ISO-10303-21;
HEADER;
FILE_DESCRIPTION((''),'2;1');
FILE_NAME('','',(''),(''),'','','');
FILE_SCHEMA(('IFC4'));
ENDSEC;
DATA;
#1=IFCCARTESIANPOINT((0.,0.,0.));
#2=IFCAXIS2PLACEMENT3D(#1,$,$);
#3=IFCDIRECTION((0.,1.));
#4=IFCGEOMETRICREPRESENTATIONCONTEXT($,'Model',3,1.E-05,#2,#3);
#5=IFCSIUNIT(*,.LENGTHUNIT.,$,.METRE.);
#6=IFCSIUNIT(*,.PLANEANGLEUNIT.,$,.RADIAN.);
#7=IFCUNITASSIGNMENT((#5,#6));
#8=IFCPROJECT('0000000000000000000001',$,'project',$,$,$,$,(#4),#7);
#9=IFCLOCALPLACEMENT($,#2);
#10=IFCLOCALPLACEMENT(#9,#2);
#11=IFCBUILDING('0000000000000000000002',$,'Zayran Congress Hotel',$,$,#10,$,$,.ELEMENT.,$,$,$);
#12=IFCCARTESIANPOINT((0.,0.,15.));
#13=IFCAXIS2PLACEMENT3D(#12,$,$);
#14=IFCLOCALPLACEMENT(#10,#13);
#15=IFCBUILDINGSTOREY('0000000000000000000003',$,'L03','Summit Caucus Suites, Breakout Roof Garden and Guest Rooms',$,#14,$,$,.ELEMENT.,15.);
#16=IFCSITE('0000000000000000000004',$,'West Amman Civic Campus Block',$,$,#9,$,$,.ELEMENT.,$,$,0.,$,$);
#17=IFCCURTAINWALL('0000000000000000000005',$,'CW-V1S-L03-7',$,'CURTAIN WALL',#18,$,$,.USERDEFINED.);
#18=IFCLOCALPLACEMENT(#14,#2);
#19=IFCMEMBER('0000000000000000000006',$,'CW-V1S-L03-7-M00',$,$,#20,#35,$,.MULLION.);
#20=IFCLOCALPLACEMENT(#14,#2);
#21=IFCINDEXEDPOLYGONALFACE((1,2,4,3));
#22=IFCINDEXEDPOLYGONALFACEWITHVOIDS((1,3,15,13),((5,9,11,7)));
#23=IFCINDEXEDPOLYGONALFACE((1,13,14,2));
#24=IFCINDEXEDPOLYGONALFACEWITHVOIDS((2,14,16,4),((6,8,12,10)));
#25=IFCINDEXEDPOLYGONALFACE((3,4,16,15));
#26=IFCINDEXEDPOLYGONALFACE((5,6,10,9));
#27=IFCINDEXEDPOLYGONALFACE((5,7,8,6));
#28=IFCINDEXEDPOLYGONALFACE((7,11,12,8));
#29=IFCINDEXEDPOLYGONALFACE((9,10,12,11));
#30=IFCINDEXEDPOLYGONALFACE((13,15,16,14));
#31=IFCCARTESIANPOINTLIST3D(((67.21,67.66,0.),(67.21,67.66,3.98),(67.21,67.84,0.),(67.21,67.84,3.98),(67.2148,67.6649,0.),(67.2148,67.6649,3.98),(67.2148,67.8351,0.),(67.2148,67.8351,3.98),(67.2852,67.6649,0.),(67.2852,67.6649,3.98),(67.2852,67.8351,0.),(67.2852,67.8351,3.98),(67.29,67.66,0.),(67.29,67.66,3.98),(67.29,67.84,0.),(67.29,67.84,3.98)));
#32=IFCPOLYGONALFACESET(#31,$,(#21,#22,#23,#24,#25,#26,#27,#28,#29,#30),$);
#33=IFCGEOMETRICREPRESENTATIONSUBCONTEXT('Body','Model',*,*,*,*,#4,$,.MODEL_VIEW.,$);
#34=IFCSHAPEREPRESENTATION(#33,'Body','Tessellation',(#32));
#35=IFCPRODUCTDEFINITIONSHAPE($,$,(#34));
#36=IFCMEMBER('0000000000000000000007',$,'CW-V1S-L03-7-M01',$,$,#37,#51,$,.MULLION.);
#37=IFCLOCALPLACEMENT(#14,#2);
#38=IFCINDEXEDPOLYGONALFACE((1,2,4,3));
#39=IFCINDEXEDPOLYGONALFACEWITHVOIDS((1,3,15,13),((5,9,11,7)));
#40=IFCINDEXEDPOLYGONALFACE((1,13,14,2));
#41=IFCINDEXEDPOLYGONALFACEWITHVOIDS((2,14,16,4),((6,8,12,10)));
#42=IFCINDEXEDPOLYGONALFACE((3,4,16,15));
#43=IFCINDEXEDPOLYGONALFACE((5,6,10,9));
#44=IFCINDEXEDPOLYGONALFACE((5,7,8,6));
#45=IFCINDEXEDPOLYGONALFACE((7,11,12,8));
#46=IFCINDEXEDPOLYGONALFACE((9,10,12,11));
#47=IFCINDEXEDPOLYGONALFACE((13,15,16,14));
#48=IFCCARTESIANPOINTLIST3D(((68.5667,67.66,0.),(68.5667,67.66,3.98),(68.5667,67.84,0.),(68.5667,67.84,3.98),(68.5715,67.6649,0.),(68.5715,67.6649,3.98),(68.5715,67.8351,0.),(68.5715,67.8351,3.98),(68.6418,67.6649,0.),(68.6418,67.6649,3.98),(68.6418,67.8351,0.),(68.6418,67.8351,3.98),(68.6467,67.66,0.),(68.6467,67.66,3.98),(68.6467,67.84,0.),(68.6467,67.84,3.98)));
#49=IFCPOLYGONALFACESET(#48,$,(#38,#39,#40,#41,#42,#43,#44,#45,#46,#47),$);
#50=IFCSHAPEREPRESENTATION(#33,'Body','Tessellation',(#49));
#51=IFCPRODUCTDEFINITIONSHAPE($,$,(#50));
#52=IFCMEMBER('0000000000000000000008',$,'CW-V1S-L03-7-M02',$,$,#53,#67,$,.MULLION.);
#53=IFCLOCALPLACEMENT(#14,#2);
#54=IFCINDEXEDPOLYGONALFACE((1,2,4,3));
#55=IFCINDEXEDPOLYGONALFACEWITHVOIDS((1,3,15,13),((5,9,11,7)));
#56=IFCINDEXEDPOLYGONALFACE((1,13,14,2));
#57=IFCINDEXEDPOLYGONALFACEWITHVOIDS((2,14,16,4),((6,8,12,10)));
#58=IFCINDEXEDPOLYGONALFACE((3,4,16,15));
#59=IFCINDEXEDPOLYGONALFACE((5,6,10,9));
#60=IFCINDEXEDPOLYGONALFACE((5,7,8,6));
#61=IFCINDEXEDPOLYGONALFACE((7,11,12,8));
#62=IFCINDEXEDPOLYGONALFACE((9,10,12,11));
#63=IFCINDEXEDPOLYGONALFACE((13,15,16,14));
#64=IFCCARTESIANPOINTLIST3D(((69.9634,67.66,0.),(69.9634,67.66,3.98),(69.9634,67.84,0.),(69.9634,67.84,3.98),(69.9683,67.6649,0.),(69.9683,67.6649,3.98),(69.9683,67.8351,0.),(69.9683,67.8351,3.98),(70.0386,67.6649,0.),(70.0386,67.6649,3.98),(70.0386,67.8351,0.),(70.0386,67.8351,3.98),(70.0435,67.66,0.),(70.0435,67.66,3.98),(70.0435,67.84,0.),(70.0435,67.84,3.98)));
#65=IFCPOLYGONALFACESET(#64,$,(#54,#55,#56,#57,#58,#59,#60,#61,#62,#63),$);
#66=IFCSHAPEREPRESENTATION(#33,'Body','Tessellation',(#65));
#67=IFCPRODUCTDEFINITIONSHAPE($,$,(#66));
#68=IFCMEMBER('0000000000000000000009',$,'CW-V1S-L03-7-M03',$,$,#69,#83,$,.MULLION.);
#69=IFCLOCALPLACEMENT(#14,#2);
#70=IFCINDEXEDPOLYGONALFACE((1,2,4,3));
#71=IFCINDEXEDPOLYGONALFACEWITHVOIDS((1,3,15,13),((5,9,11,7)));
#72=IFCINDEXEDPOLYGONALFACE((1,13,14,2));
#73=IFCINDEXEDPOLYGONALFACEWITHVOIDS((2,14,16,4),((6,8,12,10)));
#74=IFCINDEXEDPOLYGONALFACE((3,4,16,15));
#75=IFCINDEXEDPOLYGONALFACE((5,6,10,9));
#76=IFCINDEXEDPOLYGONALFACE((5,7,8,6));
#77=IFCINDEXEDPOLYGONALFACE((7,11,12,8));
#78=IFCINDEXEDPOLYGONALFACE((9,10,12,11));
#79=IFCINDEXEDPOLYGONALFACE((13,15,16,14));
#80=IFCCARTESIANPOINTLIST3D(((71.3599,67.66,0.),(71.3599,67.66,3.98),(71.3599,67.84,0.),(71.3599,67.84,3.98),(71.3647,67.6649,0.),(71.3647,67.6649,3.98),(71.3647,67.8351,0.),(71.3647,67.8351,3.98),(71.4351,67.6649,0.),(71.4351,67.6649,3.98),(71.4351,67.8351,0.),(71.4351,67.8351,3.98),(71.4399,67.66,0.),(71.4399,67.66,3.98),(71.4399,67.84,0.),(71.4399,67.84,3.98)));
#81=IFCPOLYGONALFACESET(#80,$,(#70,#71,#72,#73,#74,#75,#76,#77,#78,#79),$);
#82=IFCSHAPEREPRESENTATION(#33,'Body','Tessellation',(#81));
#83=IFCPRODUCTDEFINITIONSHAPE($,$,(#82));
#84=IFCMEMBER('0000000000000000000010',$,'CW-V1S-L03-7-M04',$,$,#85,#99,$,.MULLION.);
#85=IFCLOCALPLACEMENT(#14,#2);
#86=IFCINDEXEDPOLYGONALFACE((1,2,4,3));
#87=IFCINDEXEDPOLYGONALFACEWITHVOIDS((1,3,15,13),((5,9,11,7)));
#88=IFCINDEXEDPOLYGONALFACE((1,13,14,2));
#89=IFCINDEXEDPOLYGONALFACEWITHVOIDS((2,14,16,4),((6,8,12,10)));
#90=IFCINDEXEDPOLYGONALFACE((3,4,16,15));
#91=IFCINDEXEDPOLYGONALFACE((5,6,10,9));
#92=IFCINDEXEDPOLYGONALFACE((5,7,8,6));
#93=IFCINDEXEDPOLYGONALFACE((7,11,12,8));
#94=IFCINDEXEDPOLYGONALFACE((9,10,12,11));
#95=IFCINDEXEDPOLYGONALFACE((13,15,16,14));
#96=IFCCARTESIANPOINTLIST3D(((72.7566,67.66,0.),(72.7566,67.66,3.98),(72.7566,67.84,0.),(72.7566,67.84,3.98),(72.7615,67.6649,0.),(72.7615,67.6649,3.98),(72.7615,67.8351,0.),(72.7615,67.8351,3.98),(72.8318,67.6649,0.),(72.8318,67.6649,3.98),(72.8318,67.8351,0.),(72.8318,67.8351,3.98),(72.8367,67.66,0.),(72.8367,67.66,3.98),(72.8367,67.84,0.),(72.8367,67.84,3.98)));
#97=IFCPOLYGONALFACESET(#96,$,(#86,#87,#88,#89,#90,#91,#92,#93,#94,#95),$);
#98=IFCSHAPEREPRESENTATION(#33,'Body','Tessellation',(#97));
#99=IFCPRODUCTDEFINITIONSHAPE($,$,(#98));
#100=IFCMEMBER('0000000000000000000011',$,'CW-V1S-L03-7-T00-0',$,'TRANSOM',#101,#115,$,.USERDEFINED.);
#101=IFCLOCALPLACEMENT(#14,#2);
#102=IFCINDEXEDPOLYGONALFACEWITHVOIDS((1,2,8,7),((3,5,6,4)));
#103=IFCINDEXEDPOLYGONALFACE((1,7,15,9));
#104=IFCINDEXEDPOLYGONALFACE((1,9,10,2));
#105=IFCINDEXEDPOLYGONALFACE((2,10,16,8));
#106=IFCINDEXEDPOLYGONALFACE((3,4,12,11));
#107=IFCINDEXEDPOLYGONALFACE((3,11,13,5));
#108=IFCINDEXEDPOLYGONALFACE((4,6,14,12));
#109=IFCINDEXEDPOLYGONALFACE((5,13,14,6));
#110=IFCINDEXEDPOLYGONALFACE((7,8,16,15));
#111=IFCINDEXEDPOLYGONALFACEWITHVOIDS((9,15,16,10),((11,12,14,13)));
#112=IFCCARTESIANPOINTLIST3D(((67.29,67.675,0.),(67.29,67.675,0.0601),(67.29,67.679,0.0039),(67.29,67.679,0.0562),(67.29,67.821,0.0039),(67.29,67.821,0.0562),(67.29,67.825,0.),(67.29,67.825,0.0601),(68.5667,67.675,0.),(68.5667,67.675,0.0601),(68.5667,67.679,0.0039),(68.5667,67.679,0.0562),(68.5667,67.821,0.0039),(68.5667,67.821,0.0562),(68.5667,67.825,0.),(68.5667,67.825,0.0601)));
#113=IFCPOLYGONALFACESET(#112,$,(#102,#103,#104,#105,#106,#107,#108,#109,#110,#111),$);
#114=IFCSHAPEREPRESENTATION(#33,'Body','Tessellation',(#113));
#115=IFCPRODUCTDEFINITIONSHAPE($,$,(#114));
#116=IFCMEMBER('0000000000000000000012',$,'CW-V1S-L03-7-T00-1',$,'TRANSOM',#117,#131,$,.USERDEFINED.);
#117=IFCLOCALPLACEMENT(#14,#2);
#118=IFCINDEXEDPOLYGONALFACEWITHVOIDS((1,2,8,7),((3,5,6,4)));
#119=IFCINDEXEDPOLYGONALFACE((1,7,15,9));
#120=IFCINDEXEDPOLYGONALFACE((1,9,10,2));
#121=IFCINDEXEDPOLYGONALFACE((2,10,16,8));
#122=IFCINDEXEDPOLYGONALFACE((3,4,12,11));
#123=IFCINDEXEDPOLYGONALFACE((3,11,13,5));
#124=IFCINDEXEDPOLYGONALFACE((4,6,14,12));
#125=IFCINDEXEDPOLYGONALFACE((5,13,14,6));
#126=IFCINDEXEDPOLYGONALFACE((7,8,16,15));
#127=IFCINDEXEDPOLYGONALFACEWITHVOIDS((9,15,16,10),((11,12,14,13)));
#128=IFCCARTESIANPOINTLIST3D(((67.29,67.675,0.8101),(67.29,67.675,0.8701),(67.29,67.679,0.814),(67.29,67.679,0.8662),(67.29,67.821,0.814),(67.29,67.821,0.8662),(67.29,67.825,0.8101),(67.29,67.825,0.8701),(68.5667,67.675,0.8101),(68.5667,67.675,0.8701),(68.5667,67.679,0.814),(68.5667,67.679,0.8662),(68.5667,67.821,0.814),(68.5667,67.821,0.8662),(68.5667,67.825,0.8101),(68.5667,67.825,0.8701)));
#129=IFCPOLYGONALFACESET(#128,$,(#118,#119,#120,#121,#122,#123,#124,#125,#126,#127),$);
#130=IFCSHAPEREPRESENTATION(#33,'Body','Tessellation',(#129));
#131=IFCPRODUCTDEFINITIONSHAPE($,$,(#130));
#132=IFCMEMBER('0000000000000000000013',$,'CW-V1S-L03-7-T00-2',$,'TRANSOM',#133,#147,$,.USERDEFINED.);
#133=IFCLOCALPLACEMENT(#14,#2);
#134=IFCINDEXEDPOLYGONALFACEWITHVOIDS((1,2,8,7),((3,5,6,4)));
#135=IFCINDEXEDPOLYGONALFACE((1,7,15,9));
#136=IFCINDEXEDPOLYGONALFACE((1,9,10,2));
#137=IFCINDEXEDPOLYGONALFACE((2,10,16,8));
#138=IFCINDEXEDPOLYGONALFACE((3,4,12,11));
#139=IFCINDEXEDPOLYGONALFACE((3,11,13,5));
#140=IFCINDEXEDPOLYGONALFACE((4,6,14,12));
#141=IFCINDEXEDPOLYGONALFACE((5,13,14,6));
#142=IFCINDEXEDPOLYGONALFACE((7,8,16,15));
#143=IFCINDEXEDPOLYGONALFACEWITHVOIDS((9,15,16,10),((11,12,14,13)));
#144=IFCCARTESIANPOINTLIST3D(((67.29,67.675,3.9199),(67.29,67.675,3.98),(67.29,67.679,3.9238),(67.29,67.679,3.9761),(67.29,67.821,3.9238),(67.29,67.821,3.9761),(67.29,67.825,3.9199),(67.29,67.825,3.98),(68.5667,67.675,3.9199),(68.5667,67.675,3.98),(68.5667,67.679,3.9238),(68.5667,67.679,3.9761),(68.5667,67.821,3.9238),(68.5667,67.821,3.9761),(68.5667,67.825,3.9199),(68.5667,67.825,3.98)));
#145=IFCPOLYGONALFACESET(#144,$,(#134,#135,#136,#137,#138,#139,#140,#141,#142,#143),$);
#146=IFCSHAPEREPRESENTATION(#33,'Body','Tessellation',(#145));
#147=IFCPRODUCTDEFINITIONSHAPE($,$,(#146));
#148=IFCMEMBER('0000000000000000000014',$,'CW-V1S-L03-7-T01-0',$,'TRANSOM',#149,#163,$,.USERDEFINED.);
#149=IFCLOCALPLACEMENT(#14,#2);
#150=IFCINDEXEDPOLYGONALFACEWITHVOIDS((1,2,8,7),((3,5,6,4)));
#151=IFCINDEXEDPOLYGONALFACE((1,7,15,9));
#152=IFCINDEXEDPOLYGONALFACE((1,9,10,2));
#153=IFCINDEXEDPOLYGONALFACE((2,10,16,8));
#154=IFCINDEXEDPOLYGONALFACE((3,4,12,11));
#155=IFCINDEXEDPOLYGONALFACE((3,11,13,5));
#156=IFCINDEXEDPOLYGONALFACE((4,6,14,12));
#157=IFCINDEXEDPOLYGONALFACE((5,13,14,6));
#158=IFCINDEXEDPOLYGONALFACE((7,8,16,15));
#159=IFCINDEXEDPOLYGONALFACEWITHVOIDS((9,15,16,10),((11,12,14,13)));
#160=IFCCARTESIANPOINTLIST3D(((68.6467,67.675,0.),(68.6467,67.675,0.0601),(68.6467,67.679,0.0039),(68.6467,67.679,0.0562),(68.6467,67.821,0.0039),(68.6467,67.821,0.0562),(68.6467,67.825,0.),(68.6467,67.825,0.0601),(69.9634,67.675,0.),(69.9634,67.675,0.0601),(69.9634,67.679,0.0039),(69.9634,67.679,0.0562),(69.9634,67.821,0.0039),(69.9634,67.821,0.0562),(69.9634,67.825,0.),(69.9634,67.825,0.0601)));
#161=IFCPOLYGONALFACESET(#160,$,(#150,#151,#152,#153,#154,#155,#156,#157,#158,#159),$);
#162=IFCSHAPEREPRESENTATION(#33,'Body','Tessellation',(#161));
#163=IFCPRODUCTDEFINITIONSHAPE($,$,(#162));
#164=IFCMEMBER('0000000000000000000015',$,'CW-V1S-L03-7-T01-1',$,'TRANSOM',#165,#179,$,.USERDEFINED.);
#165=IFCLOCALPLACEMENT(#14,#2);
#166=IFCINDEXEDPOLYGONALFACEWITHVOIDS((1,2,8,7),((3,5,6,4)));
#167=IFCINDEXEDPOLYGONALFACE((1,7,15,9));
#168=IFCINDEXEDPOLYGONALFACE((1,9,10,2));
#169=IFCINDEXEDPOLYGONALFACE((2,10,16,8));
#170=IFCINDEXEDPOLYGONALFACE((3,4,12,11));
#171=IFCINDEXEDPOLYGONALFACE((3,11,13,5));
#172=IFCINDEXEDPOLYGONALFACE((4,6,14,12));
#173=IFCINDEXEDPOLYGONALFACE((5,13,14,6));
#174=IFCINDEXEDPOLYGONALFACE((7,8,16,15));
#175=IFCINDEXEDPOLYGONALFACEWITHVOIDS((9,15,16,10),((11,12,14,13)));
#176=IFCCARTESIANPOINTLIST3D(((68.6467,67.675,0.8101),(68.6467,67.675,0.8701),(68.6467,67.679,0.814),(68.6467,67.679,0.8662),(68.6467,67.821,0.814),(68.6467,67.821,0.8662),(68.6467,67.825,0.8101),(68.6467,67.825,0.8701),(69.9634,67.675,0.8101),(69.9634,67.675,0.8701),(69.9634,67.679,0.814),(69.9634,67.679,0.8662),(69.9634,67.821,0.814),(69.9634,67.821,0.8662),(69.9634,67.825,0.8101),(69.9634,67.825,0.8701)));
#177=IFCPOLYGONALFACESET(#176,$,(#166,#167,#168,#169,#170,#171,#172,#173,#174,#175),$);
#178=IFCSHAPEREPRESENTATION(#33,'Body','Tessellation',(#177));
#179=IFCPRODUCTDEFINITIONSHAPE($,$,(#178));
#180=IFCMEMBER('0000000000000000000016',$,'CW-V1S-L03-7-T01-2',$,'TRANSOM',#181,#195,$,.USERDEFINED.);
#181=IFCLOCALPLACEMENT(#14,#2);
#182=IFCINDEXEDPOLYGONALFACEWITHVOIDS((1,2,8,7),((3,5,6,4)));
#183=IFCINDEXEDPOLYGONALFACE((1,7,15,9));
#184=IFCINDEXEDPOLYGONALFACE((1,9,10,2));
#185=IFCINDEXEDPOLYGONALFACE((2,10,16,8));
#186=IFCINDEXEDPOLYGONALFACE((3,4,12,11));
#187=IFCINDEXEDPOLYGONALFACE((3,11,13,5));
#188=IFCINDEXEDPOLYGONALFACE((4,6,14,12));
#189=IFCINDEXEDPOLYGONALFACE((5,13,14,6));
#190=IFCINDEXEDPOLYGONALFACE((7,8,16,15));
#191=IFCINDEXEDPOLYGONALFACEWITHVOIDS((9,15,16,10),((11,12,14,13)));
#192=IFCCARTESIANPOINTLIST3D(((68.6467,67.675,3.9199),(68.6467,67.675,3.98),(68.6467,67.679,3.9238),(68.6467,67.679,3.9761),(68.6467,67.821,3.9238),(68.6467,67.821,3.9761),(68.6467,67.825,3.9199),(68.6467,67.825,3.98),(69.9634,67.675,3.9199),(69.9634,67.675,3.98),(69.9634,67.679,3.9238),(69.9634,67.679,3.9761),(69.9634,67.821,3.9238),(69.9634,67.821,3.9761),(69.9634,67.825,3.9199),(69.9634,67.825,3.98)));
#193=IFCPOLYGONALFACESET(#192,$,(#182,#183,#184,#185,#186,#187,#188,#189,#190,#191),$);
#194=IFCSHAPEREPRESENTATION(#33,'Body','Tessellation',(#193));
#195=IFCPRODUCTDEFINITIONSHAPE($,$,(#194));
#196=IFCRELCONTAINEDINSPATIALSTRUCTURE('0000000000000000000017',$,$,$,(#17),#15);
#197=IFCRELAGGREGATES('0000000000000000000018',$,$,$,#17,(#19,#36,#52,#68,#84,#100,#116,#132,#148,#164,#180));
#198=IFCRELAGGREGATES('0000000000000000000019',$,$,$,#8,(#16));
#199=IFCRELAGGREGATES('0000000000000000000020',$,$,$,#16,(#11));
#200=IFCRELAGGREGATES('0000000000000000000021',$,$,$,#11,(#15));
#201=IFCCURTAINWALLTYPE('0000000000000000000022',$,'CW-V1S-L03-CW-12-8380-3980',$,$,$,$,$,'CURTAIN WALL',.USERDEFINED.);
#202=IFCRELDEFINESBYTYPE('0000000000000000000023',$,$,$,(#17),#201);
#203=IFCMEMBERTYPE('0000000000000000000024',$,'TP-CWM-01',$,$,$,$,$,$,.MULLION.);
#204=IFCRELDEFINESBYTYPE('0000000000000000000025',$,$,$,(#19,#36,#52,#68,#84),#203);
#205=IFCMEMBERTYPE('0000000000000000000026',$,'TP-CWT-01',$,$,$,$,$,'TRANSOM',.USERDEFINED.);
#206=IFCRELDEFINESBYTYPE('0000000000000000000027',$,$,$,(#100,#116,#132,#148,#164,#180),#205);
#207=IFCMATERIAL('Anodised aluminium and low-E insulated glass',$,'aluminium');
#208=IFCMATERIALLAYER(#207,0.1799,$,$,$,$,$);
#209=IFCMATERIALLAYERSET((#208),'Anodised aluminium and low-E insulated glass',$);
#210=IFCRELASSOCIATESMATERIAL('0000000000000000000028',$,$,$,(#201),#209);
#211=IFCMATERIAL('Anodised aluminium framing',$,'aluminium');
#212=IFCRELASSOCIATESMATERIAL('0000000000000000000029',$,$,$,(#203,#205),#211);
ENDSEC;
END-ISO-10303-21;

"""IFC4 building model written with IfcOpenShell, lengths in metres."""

from ifc_helpers import new_model, si_unit, direction, frame, origin, origin_2d, place, context, subcontext, project, spatial, hollow_rectangle, extrude, material, layer, layer_set, material_profile, profile_set, type_object, element, aggregate, save


model = new_model("IFC4")

# Units and contexts
model_context = context("Model", 3, precision=1e-05, world=origin(), true_north=direction((0.0, 1.0)))
body_context = subcontext(model_context, "Body", "Model", "MODEL_VIEW")
ifc_project = project(units=[si_unit("LENGTHUNIT", "METRE"), si_unit("PLANEANGLEUNIT", "RADIAN")], contexts=[model_context])

# Site, building, storey
site_placement = place(None, origin())
site = spatial("IfcSite", under=ifc_project, at=site_placement, Name="West Amman Civic Campus Block", CompositionType="ELEMENT", RefElevation=0.0)
building_placement = place(site_placement, origin())
building = spatial("IfcBuilding", under=site, at=building_placement, Name="Zayran Congress Hotel", CompositionType="ELEMENT")
storey_placement = place(building_placement, frame((0.0, 0.0, 15.0)))
storey = spatial("IfcBuildingStorey", under=building, at=storey_placement, Name="L03", Description="Summit Caucus Suites, Breakout Roof Garden and Guest Rooms", CompositionType="ELEMENT", Elevation=15.0)

# Curtain wall, members
ifc_material_1 = material(Name="Anodised aluminium and low-E insulated glass", Category="aluminium")
ifc_layer_1 = layer(ifc_material_1, 0.1799)
ifc_layer_set_1 = layer_set([ifc_layer_1], Name="Anodised aluminium and low-E insulated glass")
curtain_wall_type = type_object("IfcCurtainWallType", Name="CW-V1S-L03-CW-12-8380-3980", ElementType="CURTAIN WALL", PredefinedType="USERDEFINED", material=ifc_layer_set_1)
curtain_wall_placement = place(storey_placement, origin())
curtain_wall = element("IfcCurtainWall", 1, at=curtain_wall_placement, inside=storey, type_object=curtain_wall_type, Name="CW-V1S-L03-7", ObjectType="CURTAIN WALL", PredefinedType="USERDEFINED")
ifc_material_2 = material(Name="Anodised aluminium framing", Category="aluminium")
ifc_material_profile_1 = material_profile(ifc_material_2, hollow_rectangle(XDim=0.0801, YDim=0.1799, WallThickness=0.0049, at=origin_2d()), Name="RHS 180x80x5")
ifc_profile_set_1 = profile_set([ifc_material_profile_1], Name="Anodised aluminium framing")
member_type_1 = type_object("IfcMemberType", Name="TP-CWM-01", PredefinedType="MULLION", material=ifc_profile_set_1)
member_1_placement = place(storey_placement, frame((67.25, 67.75, 0.0), z_axis=(0.0, 0.0, 1.0), x_axis=(1.0, 0.0, 0.0)))
member_1 = element("IfcMember", 2, at=member_1_placement, type_object=member_type_1, Name="CW-V1S-L03-7-M00", PredefinedType="MULLION", context=body_context, shape_type="SweptSolid", body=[
    extrude(hollow_rectangle(XDim=0.0801, YDim=0.1799, WallThickness=0.0049, at=origin_2d()), origin(), (0.0, 0.0, 1.0), 3.98),
])
member_2_placement = place(storey_placement, frame((68.6067, 67.75, 0.0), z_axis=(0.0, 0.0, 1.0), x_axis=(1.0, 0.0, 0.0)))
member_2 = element("IfcMember", 3, at=member_2_placement, type_object=member_type_1, Name="CW-V1S-L03-7-M01", PredefinedType="MULLION", context=body_context, shape_type="SweptSolid", body=[
    extrude(hollow_rectangle(XDim=0.0801, YDim=0.1799, WallThickness=0.0049, at=origin_2d()), origin(), (0.0, 0.0, 1.0), 3.98),
])
member_3_placement = place(storey_placement, frame((70.0034, 67.75, 0.0), z_axis=(0.0, 0.0, 1.0), x_axis=(1.0, 0.0, 0.0)))
member_3 = element("IfcMember", 4, at=member_3_placement, type_object=member_type_1, Name="CW-V1S-L03-7-M02", PredefinedType="MULLION", context=body_context, shape_type="SweptSolid", body=[
    extrude(hollow_rectangle(XDim=0.0801, YDim=0.1799, WallThickness=0.0049, at=origin_2d()), origin(), (0.0, 0.0, 1.0), 3.98),
])
member_4_placement = place(storey_placement, frame((71.3999, 67.75, 0.0), z_axis=(0.0, 0.0, 1.0), x_axis=(1.0, 0.0, 0.0)))
member_4 = element("IfcMember", 5, at=member_4_placement, type_object=member_type_1, Name="CW-V1S-L03-7-M03", PredefinedType="MULLION", context=body_context, shape_type="SweptSolid", body=[
    extrude(hollow_rectangle(XDim=0.0801, YDim=0.1799, WallThickness=0.0049, at=origin_2d()), origin(), (0.0, 0.0, 1.0), 3.98),
])
member_5_placement = place(storey_placement, frame((72.7966, 67.75, 0.0), z_axis=(0.0, 0.0, 1.0), x_axis=(1.0, 0.0, 0.0)))
member_5 = element("IfcMember", 6, at=member_5_placement, type_object=member_type_1, Name="CW-V1S-L03-7-M04", PredefinedType="MULLION", context=body_context, shape_type="SweptSolid", body=[
    extrude(hollow_rectangle(XDim=0.0801, YDim=0.1799, WallThickness=0.0049, at=origin_2d()), origin(), (0.0, 0.0, 1.0), 3.98),
])
ifc_material_profile_2 = material_profile(ifc_material_2, hollow_rectangle(XDim=0.0601, YDim=0.1499, WallThickness=0.0039, at=origin_2d()), Name="RHS 150x60x4")
ifc_profile_set_2 = profile_set([ifc_material_profile_2], Name="Anodised aluminium framing")
member_type_2 = type_object("IfcMemberType", Name="TP-CWT-01", ElementType="TRANSOM", PredefinedType="USERDEFINED", material=ifc_profile_set_2)
member_6_placement = place(storey_placement, frame((67.29, 67.75, 0.03), z_axis=(1.0, 0.0, 0.0), x_axis=(0.0, 0.0, 1.0)))
member_6 = element("IfcMember", 7, at=member_6_placement, type_object=member_type_2, Name="CW-V1S-L03-7-T00-0", ObjectType="TRANSOM", PredefinedType="USERDEFINED", context=body_context, shape_type="SweptSolid", body=[
    extrude(hollow_rectangle(XDim=0.0601, YDim=0.1499, WallThickness=0.0039, at=origin_2d()), origin(), (0.0, 0.0, 1.0), 1.2766),
])
member_7_placement = place(storey_placement, frame((67.29, 67.75, 0.8401), z_axis=(1.0, 0.0, 0.0), x_axis=(0.0, 0.0, 1.0)))
member_7 = element("IfcMember", 8, at=member_7_placement, type_object=member_type_2, Name="CW-V1S-L03-7-T00-1", ObjectType="TRANSOM", PredefinedType="USERDEFINED", context=body_context, shape_type="SweptSolid", body=[
    extrude(hollow_rectangle(XDim=0.0601, YDim=0.1499, WallThickness=0.0039, at=origin_2d()), origin(), (0.0, 0.0, 1.0), 1.2766),
])
member_8_placement = place(storey_placement, frame((67.29, 67.75, 3.95), z_axis=(1.0, 0.0, 0.0), x_axis=(0.0, 0.0, 1.0)))
member_8 = element("IfcMember", 9, at=member_8_placement, type_object=member_type_2, Name="CW-V1S-L03-7-T00-2", ObjectType="TRANSOM", PredefinedType="USERDEFINED", context=body_context, shape_type="SweptSolid", body=[
    extrude(hollow_rectangle(XDim=0.0601, YDim=0.1499, WallThickness=0.0039, at=origin_2d()), origin(), (0.0, 0.0, 1.0), 1.2766),
])
member_9_placement = place(storey_placement, frame((68.6467, 67.75, 0.03), z_axis=(1.0, 0.0, 0.0), x_axis=(0.0, 0.0, 1.0)))
member_9 = element("IfcMember", 10, at=member_9_placement, type_object=member_type_2, Name="CW-V1S-L03-7-T01-0", ObjectType="TRANSOM", PredefinedType="USERDEFINED", context=body_context, shape_type="SweptSolid", body=[
    extrude(hollow_rectangle(XDim=0.0601, YDim=0.1499, WallThickness=0.0039, at=origin_2d()), origin(), (0.0, 0.0, 1.0), 1.3167),
])
member_10_placement = place(storey_placement, frame((68.6467, 67.75, 0.8401), z_axis=(1.0, 0.0, 0.0), x_axis=(0.0, 0.0, 1.0)))
member_10 = element("IfcMember", 11, at=member_10_placement, type_object=member_type_2, Name="CW-V1S-L03-7-T01-1", ObjectType="TRANSOM", PredefinedType="USERDEFINED", context=body_context, shape_type="SweptSolid", body=[
    extrude(hollow_rectangle(XDim=0.0601, YDim=0.1499, WallThickness=0.0039, at=origin_2d()), origin(), (0.0, 0.0, 1.0), 1.3167),
])
member_11_placement = place(storey_placement, frame((68.6467, 67.75, 3.95), z_axis=(1.0, 0.0, 0.0), x_axis=(0.0, 0.0, 1.0)))
member_11 = element("IfcMember", 12, at=member_11_placement, type_object=member_type_2, Name="CW-V1S-L03-7-T01-2", ObjectType="TRANSOM", PredefinedType="USERDEFINED", context=body_context, shape_type="SweptSolid", body=[
    extrude(hollow_rectangle(XDim=0.0601, YDim=0.1499, WallThickness=0.0039, at=origin_2d()), origin(), (0.0, 0.0, 1.0), 1.3167),
])
aggregate(curtain_wall, [member_1, member_2, member_3, member_4, member_5, member_6, member_7, member_8, member_9, member_10, member_11])

save(model, "model.ifc")
